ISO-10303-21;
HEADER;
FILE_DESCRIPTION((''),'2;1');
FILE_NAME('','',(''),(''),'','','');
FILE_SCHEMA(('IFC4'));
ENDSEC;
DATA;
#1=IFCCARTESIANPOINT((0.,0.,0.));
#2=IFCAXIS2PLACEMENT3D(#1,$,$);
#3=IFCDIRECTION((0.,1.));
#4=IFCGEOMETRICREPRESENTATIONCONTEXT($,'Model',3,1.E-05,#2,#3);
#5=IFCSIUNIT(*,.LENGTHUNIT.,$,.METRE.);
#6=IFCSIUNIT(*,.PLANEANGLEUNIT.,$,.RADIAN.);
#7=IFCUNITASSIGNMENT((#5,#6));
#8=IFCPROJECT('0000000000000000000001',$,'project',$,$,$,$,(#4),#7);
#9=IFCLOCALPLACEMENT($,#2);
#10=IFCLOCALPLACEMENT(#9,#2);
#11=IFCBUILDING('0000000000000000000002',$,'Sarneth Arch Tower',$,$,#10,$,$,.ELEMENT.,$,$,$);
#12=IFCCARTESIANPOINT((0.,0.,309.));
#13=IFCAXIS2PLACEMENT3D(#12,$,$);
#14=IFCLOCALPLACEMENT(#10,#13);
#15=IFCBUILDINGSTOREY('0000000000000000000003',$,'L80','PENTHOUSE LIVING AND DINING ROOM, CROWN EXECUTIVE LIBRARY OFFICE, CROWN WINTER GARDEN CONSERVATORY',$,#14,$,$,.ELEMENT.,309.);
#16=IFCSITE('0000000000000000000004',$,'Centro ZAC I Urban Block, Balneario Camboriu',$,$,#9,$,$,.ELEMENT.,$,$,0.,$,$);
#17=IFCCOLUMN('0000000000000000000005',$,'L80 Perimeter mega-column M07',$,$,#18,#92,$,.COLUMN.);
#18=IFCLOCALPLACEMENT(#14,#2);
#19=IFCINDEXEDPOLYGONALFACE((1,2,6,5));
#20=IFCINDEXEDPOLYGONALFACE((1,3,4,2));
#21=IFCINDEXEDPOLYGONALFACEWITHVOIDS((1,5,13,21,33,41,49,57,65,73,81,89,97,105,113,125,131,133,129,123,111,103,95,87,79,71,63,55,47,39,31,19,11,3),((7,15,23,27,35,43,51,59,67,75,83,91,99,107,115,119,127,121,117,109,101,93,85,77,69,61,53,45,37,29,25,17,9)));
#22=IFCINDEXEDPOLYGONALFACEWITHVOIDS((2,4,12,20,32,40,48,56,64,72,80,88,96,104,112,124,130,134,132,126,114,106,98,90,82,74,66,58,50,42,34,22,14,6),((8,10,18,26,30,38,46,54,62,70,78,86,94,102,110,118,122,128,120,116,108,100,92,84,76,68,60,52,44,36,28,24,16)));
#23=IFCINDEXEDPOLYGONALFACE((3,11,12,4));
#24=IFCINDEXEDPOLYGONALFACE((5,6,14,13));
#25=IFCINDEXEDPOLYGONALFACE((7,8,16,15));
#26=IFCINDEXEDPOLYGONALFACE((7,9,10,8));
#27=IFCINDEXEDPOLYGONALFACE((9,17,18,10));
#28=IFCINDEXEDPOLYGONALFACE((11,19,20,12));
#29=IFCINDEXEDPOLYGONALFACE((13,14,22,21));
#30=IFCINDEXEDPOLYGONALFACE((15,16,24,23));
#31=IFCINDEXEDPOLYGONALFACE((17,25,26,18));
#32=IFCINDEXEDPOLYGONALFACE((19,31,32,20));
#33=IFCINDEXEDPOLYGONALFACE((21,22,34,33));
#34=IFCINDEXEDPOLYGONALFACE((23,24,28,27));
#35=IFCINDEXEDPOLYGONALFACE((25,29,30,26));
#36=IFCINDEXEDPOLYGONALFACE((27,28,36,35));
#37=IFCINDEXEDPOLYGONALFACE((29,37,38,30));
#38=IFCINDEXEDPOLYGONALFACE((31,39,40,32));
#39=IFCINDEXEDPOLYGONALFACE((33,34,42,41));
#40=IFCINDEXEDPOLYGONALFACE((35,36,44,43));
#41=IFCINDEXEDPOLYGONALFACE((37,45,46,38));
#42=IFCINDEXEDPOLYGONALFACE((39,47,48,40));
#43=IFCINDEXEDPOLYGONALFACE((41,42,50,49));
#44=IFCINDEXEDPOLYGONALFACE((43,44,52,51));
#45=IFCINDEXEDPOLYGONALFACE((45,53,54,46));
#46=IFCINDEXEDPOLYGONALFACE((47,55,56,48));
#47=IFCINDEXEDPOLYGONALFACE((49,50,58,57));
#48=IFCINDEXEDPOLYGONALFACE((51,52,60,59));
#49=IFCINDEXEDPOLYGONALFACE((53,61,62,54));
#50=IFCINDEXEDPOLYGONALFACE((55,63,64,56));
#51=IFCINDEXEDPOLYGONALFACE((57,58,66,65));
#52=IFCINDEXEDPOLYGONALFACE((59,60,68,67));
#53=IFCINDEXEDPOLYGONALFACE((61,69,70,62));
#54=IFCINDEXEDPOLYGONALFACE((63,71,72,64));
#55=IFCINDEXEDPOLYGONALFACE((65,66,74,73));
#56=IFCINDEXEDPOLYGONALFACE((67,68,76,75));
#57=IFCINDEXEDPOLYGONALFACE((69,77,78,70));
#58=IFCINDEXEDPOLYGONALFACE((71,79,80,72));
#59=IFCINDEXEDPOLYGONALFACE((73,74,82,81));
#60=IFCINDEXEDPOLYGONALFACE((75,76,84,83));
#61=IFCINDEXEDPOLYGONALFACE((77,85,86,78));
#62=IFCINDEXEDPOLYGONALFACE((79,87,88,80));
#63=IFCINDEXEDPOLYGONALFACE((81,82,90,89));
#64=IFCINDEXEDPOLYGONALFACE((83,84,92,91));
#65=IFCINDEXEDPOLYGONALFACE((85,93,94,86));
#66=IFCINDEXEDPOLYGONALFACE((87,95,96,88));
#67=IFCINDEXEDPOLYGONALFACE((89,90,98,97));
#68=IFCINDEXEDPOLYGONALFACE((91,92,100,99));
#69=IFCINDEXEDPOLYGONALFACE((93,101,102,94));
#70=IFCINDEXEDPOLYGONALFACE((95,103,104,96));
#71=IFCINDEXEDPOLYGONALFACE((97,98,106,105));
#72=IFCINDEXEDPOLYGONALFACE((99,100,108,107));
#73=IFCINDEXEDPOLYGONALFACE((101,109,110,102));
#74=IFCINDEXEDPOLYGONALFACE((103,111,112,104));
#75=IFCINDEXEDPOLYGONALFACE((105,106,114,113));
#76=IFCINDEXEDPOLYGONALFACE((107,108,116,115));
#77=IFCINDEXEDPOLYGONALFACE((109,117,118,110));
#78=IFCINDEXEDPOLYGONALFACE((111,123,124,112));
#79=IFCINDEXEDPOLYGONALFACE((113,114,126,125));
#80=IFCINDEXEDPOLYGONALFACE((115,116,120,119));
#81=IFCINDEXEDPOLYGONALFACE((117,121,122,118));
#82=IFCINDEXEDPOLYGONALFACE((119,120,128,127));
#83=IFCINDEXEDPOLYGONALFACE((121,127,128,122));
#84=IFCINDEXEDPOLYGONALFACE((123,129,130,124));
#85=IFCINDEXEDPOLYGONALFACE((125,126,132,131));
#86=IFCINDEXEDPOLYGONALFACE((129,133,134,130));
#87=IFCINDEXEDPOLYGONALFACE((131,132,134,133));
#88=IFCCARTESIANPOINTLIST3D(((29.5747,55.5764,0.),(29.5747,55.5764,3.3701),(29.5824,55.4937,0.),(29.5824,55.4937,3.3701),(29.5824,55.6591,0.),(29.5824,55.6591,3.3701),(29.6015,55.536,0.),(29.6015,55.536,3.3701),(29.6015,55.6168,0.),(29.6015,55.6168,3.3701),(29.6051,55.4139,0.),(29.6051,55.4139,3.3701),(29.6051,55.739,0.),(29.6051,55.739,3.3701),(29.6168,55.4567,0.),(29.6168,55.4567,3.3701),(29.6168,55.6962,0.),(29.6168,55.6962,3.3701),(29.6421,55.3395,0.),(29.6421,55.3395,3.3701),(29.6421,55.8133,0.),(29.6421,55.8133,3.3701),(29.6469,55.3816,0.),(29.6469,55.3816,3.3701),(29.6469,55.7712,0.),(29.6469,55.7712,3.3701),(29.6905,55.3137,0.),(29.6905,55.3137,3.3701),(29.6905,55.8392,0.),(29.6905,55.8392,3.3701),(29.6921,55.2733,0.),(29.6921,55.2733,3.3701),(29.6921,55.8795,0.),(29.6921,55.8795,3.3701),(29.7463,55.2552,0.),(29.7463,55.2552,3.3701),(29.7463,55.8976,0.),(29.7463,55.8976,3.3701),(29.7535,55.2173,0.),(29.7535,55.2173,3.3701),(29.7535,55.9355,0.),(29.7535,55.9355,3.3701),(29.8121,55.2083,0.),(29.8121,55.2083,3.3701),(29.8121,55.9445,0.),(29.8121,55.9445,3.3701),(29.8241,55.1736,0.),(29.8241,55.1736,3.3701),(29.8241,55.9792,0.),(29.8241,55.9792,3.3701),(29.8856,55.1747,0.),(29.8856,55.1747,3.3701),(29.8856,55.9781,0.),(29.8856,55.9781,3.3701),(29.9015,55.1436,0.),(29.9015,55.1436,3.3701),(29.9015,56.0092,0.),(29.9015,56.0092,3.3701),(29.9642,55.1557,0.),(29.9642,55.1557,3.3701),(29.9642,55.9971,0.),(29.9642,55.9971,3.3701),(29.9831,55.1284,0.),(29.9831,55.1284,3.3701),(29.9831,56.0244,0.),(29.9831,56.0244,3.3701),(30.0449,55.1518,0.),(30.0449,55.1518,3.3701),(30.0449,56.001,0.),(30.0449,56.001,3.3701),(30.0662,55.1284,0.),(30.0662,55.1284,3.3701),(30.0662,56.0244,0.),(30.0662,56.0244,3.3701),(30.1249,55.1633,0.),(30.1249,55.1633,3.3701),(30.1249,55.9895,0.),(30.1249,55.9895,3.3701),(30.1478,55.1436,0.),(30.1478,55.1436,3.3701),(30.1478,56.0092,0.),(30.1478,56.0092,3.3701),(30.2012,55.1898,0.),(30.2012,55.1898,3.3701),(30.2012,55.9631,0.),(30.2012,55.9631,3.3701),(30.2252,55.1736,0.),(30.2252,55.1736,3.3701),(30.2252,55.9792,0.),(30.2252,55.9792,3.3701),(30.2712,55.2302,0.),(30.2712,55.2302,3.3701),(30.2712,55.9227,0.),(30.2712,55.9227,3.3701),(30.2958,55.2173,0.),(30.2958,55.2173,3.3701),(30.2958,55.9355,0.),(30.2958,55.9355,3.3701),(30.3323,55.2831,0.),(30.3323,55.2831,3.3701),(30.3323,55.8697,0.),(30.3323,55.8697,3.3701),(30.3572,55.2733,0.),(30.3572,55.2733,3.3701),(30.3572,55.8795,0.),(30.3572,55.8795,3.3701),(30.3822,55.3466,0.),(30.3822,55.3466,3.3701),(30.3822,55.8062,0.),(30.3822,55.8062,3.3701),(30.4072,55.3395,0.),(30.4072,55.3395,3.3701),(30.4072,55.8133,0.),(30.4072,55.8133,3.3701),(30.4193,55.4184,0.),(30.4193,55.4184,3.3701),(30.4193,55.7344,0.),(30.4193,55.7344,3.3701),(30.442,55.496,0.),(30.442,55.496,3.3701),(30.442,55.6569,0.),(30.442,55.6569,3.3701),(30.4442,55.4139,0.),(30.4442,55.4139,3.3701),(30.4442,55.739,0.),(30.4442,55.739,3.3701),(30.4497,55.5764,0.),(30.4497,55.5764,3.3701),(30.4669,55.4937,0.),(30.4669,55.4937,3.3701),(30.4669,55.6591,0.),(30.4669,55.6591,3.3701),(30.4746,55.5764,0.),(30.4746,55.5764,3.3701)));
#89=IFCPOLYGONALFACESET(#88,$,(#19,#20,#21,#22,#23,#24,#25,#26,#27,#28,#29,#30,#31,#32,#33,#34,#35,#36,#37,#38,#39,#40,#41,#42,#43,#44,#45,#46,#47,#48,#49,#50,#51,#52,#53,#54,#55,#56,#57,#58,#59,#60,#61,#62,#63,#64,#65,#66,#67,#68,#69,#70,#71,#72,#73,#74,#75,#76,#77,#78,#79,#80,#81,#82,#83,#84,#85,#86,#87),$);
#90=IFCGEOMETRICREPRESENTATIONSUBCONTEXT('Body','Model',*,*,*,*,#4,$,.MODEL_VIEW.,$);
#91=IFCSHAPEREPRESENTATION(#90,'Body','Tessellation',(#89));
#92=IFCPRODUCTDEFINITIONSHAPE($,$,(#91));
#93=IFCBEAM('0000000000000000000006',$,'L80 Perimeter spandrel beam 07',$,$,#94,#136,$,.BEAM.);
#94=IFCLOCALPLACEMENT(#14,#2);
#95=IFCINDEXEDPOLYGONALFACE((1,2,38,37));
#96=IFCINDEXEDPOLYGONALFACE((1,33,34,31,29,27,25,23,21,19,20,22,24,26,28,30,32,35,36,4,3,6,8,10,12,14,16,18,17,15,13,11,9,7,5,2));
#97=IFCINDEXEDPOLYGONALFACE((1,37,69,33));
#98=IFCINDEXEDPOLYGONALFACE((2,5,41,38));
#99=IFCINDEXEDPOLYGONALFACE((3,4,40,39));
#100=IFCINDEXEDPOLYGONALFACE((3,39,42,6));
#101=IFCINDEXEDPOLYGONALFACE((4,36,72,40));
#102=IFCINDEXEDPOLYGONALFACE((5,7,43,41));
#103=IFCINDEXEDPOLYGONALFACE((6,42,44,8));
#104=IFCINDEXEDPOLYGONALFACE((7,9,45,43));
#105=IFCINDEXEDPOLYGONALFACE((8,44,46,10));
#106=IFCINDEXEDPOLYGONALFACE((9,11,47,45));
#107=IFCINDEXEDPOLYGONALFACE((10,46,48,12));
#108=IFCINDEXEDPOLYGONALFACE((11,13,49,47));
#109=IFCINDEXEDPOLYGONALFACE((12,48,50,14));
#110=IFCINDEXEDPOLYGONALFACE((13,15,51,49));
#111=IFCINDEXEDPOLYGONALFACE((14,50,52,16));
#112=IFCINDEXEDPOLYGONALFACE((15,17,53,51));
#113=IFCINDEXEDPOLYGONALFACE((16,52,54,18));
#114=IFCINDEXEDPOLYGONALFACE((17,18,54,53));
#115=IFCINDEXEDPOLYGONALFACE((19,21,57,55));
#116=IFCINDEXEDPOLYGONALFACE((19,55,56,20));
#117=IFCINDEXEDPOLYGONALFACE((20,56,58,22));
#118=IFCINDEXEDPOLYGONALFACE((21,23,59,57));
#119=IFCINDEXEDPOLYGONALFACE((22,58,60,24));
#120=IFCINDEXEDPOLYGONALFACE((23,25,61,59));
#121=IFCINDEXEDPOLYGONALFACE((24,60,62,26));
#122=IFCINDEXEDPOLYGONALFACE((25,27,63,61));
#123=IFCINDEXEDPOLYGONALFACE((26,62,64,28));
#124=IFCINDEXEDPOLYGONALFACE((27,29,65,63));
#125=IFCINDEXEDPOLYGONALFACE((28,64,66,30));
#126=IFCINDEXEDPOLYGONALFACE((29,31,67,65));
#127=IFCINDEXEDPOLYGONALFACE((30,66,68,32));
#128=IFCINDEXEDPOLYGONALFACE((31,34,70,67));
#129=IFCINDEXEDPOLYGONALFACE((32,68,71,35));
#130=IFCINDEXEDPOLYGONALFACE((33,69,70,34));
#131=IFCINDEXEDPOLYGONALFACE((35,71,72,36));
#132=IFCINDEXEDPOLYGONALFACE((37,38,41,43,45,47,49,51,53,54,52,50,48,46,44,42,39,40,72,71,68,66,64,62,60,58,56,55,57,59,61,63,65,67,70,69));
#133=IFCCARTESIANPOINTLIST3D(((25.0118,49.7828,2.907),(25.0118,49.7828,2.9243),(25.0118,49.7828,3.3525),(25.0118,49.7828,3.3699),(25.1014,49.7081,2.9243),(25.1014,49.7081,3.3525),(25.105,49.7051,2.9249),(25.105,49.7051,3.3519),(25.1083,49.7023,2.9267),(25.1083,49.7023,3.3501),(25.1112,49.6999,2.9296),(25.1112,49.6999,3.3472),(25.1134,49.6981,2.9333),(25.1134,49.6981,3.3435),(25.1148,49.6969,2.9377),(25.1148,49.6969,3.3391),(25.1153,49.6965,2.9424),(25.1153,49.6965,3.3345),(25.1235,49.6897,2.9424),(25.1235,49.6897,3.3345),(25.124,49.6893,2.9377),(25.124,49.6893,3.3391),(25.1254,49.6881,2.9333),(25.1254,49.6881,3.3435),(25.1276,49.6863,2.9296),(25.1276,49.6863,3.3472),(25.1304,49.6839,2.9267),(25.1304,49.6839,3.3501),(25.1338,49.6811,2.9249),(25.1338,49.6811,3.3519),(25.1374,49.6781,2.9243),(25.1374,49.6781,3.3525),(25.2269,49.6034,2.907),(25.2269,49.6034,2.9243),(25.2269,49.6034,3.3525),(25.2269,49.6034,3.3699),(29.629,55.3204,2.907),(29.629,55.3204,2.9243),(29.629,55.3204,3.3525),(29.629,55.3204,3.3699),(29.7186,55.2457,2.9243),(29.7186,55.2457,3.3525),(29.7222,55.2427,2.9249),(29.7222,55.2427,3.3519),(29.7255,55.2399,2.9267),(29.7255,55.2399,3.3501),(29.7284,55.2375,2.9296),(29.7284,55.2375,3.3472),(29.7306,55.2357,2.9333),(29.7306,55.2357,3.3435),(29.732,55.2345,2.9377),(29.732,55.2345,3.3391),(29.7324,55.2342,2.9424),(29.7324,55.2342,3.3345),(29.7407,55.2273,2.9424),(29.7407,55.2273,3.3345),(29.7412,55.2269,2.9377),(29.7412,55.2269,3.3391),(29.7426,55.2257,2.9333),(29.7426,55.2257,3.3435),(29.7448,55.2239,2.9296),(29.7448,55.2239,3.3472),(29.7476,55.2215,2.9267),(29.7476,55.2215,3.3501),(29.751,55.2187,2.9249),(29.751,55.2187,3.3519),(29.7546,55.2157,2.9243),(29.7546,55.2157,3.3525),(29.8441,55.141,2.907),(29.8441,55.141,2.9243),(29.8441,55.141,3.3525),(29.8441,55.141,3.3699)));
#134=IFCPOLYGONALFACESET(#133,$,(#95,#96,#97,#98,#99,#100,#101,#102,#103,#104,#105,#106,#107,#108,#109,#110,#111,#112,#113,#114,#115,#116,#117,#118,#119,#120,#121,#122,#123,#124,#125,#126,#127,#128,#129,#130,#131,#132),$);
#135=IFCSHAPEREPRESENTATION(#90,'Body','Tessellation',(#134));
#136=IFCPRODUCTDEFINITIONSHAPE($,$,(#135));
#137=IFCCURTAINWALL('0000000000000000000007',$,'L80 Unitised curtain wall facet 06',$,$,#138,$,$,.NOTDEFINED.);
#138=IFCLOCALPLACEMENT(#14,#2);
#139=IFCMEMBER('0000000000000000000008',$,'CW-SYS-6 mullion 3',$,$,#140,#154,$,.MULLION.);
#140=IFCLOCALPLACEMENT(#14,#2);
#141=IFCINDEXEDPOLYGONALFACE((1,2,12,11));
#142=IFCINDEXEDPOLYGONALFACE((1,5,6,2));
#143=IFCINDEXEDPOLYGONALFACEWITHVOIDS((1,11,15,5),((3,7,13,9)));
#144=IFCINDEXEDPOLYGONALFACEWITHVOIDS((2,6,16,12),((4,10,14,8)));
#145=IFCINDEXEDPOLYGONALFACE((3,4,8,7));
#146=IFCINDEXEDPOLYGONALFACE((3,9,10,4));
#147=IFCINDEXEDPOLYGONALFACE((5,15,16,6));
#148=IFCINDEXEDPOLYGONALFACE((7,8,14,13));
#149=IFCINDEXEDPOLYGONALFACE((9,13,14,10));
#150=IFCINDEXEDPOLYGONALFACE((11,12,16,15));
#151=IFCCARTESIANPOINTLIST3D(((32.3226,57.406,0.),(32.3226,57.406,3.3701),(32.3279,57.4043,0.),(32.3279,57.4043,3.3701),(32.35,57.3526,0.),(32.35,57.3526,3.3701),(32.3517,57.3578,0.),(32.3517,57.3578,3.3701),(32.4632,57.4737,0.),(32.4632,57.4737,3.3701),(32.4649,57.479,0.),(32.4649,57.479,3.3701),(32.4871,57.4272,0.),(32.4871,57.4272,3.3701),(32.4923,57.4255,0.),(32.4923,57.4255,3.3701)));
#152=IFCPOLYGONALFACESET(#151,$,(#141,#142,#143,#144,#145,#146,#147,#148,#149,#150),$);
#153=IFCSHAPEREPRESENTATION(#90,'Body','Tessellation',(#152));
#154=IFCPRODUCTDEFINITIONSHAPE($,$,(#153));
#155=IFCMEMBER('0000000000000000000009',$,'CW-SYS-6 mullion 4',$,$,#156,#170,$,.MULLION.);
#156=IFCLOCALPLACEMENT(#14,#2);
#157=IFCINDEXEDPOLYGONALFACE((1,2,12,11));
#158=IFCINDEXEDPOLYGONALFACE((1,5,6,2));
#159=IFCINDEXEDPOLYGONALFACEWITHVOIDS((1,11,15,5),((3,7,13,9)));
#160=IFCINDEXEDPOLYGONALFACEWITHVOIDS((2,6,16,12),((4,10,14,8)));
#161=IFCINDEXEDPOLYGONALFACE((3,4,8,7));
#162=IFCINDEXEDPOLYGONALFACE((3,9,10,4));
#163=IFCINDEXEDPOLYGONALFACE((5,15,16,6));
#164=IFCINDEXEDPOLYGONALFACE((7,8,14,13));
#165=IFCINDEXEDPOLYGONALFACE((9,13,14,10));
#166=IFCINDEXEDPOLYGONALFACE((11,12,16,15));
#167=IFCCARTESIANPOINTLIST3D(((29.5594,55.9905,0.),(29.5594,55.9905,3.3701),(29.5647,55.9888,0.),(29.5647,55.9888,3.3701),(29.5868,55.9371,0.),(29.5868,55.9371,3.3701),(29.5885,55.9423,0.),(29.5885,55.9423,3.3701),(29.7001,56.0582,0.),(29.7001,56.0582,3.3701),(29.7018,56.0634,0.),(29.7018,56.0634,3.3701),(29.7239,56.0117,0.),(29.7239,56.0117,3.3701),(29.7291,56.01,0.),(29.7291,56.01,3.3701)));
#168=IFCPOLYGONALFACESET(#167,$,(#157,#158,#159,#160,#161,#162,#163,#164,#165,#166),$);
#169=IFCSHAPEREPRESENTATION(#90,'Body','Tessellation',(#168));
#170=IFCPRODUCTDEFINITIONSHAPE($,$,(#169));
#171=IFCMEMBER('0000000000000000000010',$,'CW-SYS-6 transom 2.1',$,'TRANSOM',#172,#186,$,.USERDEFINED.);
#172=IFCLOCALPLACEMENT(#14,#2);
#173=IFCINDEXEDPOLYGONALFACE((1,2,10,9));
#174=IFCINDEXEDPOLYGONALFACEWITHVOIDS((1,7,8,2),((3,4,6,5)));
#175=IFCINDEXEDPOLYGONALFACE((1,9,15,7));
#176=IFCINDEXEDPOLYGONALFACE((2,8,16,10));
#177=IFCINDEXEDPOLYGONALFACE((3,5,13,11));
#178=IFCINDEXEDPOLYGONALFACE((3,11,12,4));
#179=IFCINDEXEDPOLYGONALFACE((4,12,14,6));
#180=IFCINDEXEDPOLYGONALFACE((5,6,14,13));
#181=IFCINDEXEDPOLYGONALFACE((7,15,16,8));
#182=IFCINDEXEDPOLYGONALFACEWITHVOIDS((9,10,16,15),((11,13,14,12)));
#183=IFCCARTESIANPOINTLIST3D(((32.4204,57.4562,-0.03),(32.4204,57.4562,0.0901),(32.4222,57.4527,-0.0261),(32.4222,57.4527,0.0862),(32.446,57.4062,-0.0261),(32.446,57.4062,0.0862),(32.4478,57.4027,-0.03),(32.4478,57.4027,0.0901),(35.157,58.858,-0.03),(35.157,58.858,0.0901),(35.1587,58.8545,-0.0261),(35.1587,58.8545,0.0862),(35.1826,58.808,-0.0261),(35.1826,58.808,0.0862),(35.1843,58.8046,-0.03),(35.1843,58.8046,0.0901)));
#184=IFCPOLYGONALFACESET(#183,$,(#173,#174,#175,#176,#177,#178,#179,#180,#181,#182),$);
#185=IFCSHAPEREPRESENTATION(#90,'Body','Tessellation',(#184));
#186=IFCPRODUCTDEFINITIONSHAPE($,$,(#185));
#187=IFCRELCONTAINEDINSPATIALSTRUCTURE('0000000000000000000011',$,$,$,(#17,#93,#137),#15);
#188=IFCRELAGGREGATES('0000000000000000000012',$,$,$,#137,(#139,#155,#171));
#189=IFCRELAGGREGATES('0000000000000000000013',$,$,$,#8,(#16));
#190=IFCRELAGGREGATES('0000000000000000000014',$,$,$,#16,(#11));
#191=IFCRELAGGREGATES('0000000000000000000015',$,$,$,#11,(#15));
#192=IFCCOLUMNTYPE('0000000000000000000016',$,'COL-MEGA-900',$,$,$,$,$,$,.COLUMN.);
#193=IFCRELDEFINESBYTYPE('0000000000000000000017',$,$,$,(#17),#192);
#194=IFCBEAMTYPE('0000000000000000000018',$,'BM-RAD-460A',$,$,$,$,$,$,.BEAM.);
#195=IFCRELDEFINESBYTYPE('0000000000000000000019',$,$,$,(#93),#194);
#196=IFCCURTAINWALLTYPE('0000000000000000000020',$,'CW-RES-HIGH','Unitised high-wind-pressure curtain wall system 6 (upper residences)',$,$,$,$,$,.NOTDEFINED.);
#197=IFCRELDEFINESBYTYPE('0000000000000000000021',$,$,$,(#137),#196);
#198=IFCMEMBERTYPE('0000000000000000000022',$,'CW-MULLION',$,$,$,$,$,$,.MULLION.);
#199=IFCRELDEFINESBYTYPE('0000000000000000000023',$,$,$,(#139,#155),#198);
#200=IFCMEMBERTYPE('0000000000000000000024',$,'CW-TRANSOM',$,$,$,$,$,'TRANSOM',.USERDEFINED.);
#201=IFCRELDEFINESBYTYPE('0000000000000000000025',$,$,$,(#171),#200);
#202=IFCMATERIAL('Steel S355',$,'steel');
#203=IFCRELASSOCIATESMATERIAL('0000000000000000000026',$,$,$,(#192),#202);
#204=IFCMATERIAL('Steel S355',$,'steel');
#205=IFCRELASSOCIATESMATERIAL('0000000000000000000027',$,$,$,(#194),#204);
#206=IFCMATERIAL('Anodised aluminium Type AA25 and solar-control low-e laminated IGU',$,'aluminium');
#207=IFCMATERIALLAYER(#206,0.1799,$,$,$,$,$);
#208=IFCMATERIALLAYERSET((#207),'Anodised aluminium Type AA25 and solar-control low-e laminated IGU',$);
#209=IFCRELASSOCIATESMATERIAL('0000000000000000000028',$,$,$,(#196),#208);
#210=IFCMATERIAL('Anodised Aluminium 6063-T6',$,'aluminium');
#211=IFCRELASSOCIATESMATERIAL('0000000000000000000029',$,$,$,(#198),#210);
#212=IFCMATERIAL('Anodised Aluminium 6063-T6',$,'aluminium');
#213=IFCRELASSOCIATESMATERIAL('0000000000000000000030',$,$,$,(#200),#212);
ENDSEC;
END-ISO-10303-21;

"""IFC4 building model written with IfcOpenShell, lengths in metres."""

from ifc_helpers import new_model, si_unit, direction, frame, origin, origin_2d, place, context, subcontext, project, spatial, hollow_rectangle, hollow_circle, i_section, extrude, material, layer, layer_set, material_profile, profile_set, type_object, element, aggregate, save


model = new_model("IFC4")

# Units and contexts
model_context = context("Model", 3, precision=1e-05, world=origin(), true_north=direction((0.0, 1.0)))
body_context = subcontext(model_context, "Body", "Model", "MODEL_VIEW")
ifc_project = project(units=[si_unit("LENGTHUNIT", "METRE"), si_unit("PLANEANGLEUNIT", "RADIAN")], contexts=[model_context])

# Site, building, storey
site_placement = place(None, origin())
site = spatial("IfcSite", under=ifc_project, at=site_placement, Name="Centro ZAC I Urban Block, Balneario Camboriu", CompositionType="ELEMENT", RefElevation=0.0)
building_placement = place(site_placement, origin())
building = spatial("IfcBuilding", under=site, at=building_placement, Name="Sarneth Arch Tower", CompositionType="ELEMENT")
storey_placement = place(building_placement, frame((0.0, 0.0, 309.0)))
storey = spatial("IfcBuildingStorey", under=building, at=storey_placement, Name="L80", Description="PENTHOUSE LIVING AND DINING ROOM, CROWN EXECUTIVE LIBRARY OFFICE, CROWN WINTER GARDEN CONSERVATORY", CompositionType="ELEMENT", Elevation=309.0)

# Column
ifc_material_1 = material(Name="Steel S355", Category="steel")
ifc_material_profile_1 = material_profile(ifc_material_1, hollow_circle(Radius=0.45, WallThickness=0.0249, at=origin_2d()), Name="CHS900x25")
ifc_profile_set_1 = profile_set([ifc_material_profile_1], Name="Steel S355")
column_type = type_object("IfcColumnType", Name="COL-MEGA-900", PredefinedType="COLUMN", material=ifc_profile_set_1)
column_placement = place(storey_placement, frame((30.0247, 55.5764, 0.0), z_axis=(0.0, 0.0, 1.0), x_axis=(1.0, 0.0, 0.0)))
element("IfcColumn", 1, at=column_placement, inside=storey, type_object=column_type, Name="L80 Perimeter mega-column M07", PredefinedType="COLUMN", context=body_context, shape_type="SweptSolid", body=[
    extrude(hollow_circle(Radius=0.45, WallThickness=0.0249, at=origin_2d()), origin(), (0.0, 0.0, 1.0), 3.3701),
])

# Beam
ifc_material_2 = material(Name="Steel S355", Category="steel")
ifc_material_profile_2 = material_profile(ifc_material_2, i_section(OverallWidth=0.28, OverallDepth=0.4629, WebThickness=0.0107, FlangeThickness=0.0173, FilletRadius=0.0181, at=origin_2d()), Name="W460x113")
ifc_profile_set_2 = profile_set([ifc_material_profile_2], Name="Steel S355")
beam_type = type_object("IfcBeamType", Name="BM-RAD-460A", PredefinedType="BEAM", material=ifc_profile_set_2)
beam_placement = place(storey_placement, frame((29.7366, 55.2307, 3.1384), z_axis=(-0.640391, -0.768049, 0.0), x_axis=(0.768049, -0.640391, 0.0)))
element("IfcBeam", 2, at=beam_placement, inside=storey, type_object=beam_type, Name="L80 Perimeter spandrel beam 07", PredefinedType="BEAM", context=body_context, shape_type="SweptSolid", body=[
    extrude(i_section(OverallWidth=0.28, OverallDepth=0.4629, WebThickness=0.0107, FlangeThickness=0.0173, FilletRadius=0.0181, at=origin_2d()), origin(), (0.0, 0.0, 1.0), 7.21),
])

# Curtain wall, members
ifc_material_3 = material(Name="Anodised aluminium Type AA25 and solar-control low-e laminated IGU", Category="aluminium")
ifc_layer_1 = layer(ifc_material_3, 0.1799)
ifc_layer_set_1 = layer_set([ifc_layer_1], Name="Anodised aluminium Type AA25 and solar-control low-e laminated IGU")
curtain_wall_type = type_object("IfcCurtainWallType", Name="CW-RES-HIGH", Description="Unitised high-wind-pressure curtain wall system 6 (upper residences)", PredefinedType="NOTDEFINED", material=ifc_layer_set_1)
curtain_wall_placement = place(storey_placement, origin())
curtain_wall = element("IfcCurtainWall", 3, at=curtain_wall_placement, inside=storey, type_object=curtain_wall_type, Name="L80 Unitised curtain wall facet 06", PredefinedType="NOTDEFINED")
ifc_material_4 = material(Name="Anodised Aluminium 6063-T6", Category="aluminium")
ifc_material_profile_3 = material_profile(ifc_material_4, hollow_rectangle(XDim=0.0601, YDim=0.1599, WallThickness=0.0039, at=origin_2d()), Name="AL-MULL-160x60x4")
ifc_profile_set_3 = profile_set([ifc_material_profile_3], Name="Anodised Aluminium 6063-T6")
member_type_1 = type_object("IfcMemberType", Name="CW-MULLION", PredefinedType="MULLION", material=ifc_profile_set_3)
member_1_placement = place(storey_placement, frame((32.4075, 57.4158, 0.0), z_axis=(0.0, 0.0, 1.0), x_axis=(0.455942, -0.89001, 0.0)))
member_1 = element("IfcMember", 4, at=member_1_placement, type_object=member_type_1, Name="CW-SYS-6 mullion 3", PredefinedType="MULLION", context=body_context, shape_type="SweptSolid", body=[
    extrude(hollow_rectangle(XDim=0.0601, YDim=0.1599, WallThickness=0.0039, at=origin_2d()), origin(), (0.0, 0.0, 1.0), 3.3701),
])
member_2_placement = place(storey_placement, frame((29.6443, 56.0002, 0.0), z_axis=(0.0, 0.0, 1.0), x_axis=(0.455942, -0.89001, 0.0)))
member_2 = element("IfcMember", 5, at=member_2_placement, type_object=member_type_1, Name="CW-SYS-6 mullion 4", PredefinedType="MULLION", context=body_context, shape_type="SweptSolid", body=[
    extrude(hollow_rectangle(XDim=0.0601, YDim=0.1599, WallThickness=0.0039, at=origin_2d()), origin(), (0.0, 0.0, 1.0), 3.3701),
])
ifc_material_5 = material(Name="Anodised Aluminium 6063-T6", Category="aluminium")
ifc_material_profile_4 = material_profile(ifc_material_5, hollow_rectangle(XDim=0.0601, YDim=0.1201, WallThickness=0.0039, at=origin_2d()), Name="AL-TRAN-120x60x4")
ifc_profile_set_4 = profile_set([ifc_material_profile_4], Name="Anodised Aluminium 6063-T6")
member_type_2 = type_object("IfcMemberType", Name="CW-TRANSOM", ElementType="TRANSOM", PredefinedType="USERDEFINED", material=ifc_profile_set_4)
member_3_placement = place(storey_placement, frame((35.1707, 58.8313, 0.03), z_axis=(-0.890017, -0.455926, 0.0), x_axis=(0.455926, -0.890017, 0.0)))
member_3 = element("IfcMember", 6, at=member_3_placement, type_object=member_type_2, Name="CW-SYS-6 transom 2.1", ObjectType="TRANSOM", PredefinedType="USERDEFINED", context=body_context, shape_type="SweptSolid", body=[
    extrude(hollow_rectangle(XDim=0.0601, YDim=0.1201, WallThickness=0.0039, at=origin_2d()), origin(), (0.0, 0.0, 1.0), 3.0747),
])

aggregate(curtain_wall, [member_1, member_2, member_3])

save(model, "model.ifc")
